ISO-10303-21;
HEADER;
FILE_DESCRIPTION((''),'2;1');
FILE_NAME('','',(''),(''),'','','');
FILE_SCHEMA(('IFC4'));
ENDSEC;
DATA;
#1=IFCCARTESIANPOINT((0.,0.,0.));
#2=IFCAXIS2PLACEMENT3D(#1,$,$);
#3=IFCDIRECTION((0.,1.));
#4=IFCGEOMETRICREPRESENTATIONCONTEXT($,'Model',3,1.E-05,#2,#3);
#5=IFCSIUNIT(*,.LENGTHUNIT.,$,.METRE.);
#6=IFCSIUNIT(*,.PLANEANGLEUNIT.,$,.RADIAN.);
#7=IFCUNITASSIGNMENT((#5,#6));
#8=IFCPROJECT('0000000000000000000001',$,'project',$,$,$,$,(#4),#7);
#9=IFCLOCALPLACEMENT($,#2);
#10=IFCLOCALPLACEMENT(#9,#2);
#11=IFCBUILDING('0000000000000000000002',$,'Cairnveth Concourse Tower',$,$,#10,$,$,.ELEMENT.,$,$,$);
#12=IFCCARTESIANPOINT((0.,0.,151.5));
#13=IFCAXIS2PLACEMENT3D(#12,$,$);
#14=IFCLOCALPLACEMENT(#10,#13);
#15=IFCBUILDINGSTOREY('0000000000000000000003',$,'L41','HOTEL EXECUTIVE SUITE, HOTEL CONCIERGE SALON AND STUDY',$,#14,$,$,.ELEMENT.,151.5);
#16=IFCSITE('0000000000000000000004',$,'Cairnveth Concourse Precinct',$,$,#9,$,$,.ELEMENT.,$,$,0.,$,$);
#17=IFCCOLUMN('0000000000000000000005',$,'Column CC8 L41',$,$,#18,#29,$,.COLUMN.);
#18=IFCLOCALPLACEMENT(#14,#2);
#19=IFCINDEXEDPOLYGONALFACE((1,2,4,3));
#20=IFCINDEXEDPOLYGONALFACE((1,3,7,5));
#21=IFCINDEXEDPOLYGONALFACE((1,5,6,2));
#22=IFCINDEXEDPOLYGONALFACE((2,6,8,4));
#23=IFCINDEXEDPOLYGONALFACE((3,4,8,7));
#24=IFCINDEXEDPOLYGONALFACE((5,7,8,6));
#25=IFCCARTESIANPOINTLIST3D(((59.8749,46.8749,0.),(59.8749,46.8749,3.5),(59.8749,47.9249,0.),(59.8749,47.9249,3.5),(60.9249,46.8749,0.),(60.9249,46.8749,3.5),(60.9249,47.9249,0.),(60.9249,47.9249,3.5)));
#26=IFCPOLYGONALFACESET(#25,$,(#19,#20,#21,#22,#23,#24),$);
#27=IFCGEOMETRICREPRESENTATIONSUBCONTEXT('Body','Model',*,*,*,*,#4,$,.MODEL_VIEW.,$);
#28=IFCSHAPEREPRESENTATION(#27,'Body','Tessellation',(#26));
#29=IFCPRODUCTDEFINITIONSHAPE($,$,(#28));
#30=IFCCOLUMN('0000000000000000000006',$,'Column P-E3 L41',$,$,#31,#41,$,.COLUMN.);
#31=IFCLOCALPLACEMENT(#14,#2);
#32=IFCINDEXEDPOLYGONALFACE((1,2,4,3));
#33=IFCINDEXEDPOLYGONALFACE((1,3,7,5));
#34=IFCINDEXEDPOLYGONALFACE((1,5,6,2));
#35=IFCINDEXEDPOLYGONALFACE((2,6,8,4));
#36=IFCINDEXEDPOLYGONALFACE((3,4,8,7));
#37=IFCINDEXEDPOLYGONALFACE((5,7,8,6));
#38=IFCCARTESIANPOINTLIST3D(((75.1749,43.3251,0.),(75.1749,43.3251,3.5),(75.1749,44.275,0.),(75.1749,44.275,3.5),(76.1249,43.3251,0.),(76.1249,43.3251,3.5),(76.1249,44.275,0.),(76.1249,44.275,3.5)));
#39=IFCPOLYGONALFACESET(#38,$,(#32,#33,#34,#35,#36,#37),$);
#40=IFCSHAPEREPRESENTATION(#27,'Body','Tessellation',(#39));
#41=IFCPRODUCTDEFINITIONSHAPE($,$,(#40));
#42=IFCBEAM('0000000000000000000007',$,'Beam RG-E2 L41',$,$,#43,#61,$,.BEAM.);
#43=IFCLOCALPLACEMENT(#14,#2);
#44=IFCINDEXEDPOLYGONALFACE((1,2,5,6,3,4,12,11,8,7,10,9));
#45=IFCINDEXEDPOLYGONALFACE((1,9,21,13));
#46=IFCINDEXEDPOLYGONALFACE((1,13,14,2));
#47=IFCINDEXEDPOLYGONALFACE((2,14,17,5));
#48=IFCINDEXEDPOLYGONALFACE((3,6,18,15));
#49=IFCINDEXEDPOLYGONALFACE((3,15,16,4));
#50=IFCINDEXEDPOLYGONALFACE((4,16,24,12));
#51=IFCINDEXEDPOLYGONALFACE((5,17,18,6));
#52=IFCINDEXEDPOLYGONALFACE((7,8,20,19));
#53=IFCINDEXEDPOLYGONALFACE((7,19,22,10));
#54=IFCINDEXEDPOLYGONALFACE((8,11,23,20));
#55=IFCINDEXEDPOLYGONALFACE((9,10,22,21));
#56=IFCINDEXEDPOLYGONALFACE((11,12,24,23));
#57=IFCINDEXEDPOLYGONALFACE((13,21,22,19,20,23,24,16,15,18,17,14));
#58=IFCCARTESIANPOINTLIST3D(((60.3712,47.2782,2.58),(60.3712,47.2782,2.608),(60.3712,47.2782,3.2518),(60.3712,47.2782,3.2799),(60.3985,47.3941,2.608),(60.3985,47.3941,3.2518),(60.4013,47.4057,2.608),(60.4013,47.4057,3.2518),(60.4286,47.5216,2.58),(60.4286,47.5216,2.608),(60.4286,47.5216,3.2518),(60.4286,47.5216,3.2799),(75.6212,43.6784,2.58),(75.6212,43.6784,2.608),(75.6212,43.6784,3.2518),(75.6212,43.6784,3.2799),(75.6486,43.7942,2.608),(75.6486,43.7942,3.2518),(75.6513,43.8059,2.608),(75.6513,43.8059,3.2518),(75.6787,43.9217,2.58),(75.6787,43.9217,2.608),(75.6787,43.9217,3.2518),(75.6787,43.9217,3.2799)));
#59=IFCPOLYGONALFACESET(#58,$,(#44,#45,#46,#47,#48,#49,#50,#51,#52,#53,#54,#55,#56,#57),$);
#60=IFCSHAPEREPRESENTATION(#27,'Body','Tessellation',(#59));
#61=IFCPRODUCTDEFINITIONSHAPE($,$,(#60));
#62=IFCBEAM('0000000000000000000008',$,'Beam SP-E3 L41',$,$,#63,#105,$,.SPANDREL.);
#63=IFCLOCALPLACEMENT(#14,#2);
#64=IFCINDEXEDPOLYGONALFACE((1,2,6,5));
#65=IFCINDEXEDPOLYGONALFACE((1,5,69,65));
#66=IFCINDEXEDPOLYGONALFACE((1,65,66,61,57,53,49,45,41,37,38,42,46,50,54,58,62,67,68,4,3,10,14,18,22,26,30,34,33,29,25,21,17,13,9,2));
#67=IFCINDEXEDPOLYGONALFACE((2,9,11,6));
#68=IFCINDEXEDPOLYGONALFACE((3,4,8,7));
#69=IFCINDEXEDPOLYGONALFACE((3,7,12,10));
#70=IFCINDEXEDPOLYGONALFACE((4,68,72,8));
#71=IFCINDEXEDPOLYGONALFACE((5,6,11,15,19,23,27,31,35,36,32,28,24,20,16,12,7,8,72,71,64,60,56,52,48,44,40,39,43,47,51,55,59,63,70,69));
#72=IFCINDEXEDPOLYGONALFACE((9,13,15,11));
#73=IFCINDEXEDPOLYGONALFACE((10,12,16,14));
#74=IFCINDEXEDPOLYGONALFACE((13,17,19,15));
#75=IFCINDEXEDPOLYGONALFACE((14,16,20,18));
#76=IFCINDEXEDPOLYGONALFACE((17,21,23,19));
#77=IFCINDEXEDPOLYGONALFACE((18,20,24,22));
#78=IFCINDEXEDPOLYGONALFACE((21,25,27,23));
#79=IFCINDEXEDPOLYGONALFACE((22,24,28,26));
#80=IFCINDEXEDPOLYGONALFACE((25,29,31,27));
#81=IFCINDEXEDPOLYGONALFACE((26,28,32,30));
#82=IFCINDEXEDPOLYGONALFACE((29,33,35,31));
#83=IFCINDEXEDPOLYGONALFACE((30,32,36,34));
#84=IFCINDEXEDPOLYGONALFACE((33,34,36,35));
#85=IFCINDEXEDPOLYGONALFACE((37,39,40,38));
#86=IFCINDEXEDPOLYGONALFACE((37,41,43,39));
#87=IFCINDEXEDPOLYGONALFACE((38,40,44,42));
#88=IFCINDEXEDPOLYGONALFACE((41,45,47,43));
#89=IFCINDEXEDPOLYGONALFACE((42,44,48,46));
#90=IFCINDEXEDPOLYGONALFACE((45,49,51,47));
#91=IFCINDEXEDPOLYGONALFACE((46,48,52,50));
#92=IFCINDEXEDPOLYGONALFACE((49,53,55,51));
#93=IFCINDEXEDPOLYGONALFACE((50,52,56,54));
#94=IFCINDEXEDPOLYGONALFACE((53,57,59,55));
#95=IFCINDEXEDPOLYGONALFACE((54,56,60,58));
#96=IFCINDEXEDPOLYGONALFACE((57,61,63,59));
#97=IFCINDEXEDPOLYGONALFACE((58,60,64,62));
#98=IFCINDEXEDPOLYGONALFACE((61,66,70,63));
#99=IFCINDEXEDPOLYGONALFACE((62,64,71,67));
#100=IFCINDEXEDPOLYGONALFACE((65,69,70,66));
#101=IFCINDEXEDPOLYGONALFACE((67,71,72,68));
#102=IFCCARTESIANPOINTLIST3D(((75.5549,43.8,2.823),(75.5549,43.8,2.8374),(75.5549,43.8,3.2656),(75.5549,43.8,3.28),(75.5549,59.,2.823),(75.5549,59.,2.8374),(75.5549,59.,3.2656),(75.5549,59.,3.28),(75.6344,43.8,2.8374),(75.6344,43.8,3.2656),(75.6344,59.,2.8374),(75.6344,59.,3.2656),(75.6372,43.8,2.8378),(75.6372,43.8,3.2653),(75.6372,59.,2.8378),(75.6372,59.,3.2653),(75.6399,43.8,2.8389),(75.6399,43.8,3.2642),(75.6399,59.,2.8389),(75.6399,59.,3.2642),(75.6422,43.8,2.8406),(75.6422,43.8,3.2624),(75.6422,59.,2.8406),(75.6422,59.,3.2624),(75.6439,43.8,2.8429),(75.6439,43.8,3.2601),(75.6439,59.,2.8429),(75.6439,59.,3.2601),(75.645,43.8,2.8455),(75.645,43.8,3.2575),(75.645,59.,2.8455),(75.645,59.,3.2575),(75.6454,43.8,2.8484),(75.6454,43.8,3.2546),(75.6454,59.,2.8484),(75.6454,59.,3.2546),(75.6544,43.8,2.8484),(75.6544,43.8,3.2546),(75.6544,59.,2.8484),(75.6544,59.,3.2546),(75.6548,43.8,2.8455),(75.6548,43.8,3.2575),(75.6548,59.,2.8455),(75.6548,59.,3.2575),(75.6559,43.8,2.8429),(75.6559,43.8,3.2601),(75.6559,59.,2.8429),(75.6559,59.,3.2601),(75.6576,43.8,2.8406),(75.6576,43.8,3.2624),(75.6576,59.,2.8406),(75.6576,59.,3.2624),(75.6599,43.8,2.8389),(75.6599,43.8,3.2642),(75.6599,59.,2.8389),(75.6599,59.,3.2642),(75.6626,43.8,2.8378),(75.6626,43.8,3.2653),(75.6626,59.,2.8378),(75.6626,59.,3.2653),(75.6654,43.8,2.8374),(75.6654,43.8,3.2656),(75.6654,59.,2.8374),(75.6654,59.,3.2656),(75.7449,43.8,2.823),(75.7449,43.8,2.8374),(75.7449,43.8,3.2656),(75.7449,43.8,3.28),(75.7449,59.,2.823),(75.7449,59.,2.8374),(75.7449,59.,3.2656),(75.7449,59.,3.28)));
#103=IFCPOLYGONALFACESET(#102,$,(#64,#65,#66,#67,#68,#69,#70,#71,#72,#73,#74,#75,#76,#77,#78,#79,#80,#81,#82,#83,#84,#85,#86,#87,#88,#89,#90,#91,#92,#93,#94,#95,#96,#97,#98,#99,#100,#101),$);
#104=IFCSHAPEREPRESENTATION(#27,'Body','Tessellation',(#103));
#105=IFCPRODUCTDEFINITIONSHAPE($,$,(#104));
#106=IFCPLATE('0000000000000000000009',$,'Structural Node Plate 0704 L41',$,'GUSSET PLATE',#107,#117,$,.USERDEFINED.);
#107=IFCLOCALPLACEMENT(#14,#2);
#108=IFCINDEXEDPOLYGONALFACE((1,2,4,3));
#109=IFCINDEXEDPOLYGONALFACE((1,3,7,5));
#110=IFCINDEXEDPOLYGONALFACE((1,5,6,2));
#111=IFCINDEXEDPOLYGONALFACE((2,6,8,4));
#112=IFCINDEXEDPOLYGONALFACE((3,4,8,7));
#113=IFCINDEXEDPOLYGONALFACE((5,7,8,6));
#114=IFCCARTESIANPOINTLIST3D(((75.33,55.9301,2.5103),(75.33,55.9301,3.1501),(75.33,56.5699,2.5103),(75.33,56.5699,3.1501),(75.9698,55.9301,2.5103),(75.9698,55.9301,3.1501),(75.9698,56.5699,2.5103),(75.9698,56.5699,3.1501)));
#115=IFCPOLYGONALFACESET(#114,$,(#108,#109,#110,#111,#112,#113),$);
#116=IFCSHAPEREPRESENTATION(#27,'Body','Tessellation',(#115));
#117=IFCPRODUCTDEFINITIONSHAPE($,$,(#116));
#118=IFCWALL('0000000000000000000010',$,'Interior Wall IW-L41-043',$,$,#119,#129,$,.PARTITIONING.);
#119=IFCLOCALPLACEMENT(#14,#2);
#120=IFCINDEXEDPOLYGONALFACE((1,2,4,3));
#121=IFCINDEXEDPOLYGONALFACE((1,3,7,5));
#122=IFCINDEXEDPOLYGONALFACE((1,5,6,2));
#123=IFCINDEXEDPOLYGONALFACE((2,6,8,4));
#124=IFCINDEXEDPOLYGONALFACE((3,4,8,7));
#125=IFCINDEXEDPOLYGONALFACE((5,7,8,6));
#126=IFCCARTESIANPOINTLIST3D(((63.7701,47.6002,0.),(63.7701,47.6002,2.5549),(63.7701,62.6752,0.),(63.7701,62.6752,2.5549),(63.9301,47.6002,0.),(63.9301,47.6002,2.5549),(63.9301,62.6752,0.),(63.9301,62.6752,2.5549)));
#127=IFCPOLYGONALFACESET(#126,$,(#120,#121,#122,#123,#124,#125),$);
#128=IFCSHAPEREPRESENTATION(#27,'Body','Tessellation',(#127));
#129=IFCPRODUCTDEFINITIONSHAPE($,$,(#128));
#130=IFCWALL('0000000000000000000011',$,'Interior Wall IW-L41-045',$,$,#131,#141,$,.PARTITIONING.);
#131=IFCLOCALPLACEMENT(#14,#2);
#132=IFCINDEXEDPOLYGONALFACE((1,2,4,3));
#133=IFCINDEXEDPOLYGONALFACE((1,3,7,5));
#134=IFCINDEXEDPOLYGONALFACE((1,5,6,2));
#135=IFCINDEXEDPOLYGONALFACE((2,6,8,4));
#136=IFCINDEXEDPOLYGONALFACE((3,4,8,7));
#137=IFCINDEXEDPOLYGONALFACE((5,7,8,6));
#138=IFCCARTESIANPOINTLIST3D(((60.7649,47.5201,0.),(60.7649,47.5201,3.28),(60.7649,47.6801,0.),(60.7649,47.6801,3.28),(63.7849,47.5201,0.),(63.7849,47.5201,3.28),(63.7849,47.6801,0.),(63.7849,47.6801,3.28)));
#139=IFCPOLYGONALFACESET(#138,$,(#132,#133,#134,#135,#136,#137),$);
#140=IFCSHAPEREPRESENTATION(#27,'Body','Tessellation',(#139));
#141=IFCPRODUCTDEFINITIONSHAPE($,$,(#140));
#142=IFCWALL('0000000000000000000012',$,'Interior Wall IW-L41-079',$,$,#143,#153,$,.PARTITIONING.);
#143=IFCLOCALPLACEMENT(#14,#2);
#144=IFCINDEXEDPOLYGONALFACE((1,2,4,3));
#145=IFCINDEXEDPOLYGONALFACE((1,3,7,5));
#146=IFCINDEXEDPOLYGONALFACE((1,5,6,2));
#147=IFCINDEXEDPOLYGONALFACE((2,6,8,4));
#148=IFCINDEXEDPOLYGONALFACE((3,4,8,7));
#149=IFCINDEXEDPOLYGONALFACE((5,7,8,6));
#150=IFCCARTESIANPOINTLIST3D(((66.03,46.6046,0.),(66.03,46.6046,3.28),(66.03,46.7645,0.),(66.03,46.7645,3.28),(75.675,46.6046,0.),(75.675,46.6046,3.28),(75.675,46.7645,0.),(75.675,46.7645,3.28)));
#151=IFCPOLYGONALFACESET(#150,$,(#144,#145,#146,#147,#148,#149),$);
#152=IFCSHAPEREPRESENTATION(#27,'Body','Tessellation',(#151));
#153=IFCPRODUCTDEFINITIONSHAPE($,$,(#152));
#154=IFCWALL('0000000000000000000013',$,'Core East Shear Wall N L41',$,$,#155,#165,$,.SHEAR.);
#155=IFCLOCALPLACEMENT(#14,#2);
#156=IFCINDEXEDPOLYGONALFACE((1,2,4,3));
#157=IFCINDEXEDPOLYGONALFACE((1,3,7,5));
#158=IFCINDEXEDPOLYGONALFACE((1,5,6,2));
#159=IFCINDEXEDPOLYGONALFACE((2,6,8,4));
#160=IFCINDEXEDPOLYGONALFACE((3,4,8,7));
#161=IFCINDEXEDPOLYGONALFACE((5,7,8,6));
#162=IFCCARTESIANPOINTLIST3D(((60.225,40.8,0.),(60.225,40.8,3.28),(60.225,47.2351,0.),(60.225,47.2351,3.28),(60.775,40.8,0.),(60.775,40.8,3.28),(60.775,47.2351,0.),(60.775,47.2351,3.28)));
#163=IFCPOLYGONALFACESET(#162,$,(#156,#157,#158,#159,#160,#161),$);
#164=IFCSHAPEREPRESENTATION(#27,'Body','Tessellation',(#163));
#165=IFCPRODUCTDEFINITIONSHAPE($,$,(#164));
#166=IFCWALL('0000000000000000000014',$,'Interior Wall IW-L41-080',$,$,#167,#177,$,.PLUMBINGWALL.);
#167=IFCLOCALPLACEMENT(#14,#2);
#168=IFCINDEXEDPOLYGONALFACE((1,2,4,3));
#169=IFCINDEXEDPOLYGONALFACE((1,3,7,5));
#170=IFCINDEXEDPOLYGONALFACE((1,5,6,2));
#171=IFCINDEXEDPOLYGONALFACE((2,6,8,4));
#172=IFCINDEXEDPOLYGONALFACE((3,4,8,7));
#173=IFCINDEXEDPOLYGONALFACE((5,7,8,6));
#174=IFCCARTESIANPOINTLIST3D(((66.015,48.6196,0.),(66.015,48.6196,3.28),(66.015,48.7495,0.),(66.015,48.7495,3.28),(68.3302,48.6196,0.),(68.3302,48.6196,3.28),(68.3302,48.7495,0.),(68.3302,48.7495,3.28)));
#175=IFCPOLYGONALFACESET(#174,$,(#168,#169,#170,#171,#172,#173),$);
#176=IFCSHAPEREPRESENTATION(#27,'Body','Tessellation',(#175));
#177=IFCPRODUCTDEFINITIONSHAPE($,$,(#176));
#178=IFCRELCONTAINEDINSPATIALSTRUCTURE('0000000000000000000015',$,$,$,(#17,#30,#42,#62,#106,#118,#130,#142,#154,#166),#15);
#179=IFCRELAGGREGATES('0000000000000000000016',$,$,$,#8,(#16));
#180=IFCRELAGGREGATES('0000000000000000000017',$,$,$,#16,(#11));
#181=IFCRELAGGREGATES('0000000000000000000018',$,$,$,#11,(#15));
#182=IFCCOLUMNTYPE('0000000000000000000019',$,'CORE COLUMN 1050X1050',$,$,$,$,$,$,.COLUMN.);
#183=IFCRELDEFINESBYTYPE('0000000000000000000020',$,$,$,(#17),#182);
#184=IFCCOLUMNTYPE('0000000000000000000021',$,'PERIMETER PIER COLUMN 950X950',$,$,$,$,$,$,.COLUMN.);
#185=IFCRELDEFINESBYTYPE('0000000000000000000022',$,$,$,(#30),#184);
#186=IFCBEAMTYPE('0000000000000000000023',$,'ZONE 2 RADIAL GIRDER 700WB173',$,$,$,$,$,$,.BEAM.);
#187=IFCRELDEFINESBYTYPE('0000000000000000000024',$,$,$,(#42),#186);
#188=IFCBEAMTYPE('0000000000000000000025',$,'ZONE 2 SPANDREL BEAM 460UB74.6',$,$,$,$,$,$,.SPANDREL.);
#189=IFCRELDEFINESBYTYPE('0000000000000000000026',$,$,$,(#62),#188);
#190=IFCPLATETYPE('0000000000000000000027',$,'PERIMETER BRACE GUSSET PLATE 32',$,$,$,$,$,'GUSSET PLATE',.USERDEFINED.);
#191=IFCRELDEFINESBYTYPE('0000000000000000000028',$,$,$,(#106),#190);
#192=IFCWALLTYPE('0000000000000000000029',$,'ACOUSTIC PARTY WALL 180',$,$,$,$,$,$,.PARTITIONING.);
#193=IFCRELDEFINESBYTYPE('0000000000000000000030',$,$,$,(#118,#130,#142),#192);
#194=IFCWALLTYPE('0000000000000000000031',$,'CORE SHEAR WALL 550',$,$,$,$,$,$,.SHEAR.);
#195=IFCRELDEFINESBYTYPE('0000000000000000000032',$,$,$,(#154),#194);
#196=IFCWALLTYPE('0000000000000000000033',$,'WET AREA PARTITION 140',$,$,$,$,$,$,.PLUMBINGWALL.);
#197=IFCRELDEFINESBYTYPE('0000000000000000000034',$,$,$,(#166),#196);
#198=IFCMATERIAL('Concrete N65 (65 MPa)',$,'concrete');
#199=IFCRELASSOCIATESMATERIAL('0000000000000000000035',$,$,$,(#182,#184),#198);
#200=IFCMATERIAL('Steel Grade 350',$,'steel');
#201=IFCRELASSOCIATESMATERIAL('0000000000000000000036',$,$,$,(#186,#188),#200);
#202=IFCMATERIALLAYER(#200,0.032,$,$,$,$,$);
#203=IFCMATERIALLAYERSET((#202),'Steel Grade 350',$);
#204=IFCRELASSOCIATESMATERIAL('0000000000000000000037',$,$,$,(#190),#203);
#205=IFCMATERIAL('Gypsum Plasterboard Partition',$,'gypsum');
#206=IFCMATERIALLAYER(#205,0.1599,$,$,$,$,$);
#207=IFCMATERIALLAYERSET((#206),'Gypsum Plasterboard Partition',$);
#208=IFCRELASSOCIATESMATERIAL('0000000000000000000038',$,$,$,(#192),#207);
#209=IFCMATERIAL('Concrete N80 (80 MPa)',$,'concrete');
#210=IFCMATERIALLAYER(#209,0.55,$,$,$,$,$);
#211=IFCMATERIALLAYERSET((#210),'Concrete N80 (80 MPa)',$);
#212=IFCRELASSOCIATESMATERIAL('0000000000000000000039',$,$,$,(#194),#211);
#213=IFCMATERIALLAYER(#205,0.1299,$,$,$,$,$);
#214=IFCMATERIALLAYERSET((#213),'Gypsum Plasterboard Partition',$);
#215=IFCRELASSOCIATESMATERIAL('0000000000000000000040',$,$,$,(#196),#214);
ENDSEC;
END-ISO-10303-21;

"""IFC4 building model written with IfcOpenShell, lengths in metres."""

from ifc_helpers import new_model, si_unit, direction, frame, frame_2d, origin, origin_2d, place, context, subcontext, project, spatial, rectangle, i_section, extrude, material, layer, layer_set, material_profile, profile_set, type_object, element, save


model = new_model("IFC4")

# Units and contexts
model_context = context("Model", 3, precision=1e-05, world=origin(), true_north=direction((0.0, 1.0)))
body_context = subcontext(model_context, "Body", "Model", "MODEL_VIEW")
ifc_project = project(units=[si_unit("LENGTHUNIT", "METRE"), si_unit("PLANEANGLEUNIT", "RADIAN")], contexts=[model_context])

# Site, building, storey
site_placement = place(None, origin())
site = spatial("IfcSite", under=ifc_project, at=site_placement, Name="Cairnveth Concourse Precinct", CompositionType="ELEMENT", RefElevation=0.0)
building_placement = place(site_placement, origin())
building = spatial("IfcBuilding", under=site, at=building_placement, Name="Cairnveth Concourse Tower", CompositionType="ELEMENT")
storey_placement = place(building_placement, frame((0.0, 0.0, 151.5)))
storey = spatial("IfcBuildingStorey", under=building, at=storey_placement, Name="L41", Description="HOTEL EXECUTIVE SUITE, HOTEL CONCIERGE SALON AND STUDY", CompositionType="ELEMENT", Elevation=151.5)

# Columns
ifc_material_1 = material(Name="Concrete N65 (65 MPa)", Category="concrete")
ifc_material_profile_1 = material_profile(ifc_material_1, rectangle(XDim=1.05, YDim=1.05, at=origin_2d()), Name="RC-COL-1050x1050")
ifc_profile_set_1 = profile_set([ifc_material_profile_1], Name="Concrete N65 (65 MPa)")
column_type_1 = type_object("IfcColumnType", Name="CORE COLUMN 1050X1050", PredefinedType="COLUMN", material=ifc_profile_set_1)
column_1_placement = place(storey_placement, frame((60.3999, 47.3999, 0.0), z_axis=(0.0, 0.0, 1.0), x_axis=(1.0, 0.0, 0.0)))
element("IfcColumn", 1, at=column_1_placement, inside=storey, type_object=column_type_1, Name="Column CC8 L41", PredefinedType="COLUMN", context=body_context, shape_type="SweptSolid", body=[
    extrude(rectangle(XDim=1.05, YDim=1.05, at=origin_2d()), origin(), (0.0, 0.0, 1.0), 3.5),
])
ifc_material_profile_2 = material_profile(ifc_material_1, rectangle(XDim=0.95, YDim=0.95, at=origin_2d()), Name="RC-COL-950x950")
ifc_profile_set_2 = profile_set([ifc_material_profile_2], Name="Concrete N65 (65 MPa)")
column_type_2 = type_object("IfcColumnType", Name="PERIMETER PIER COLUMN 950X950", PredefinedType="COLUMN", material=ifc_profile_set_2)
column_2_placement = place(storey_placement, frame((75.6499, 43.8, 0.0), z_axis=(0.0, 0.0, 1.0), x_axis=(0.0, 1.0, 0.0)))
element("IfcColumn", 2, at=column_2_placement, inside=storey, type_object=column_type_2, Name="Column P-E3 L41", PredefinedType="COLUMN", context=body_context, shape_type="SweptSolid", body=[
    extrude(rectangle(XDim=0.95, YDim=0.95, at=origin_2d()), origin(), (0.0, 0.0, 1.0), 3.5),
])

# Beams
ifc_material_2 = material(Name="Steel Grade 350", Category="steel")
ifc_material_profile_3 = material_profile(ifc_material_2, i_section(OverallWidth=0.25, OverallDepth=0.7, WebThickness=0.012, FlangeThickness=0.0281, at=origin_2d()), Name="700WB173")
ifc_profile_set_3 = profile_set([ifc_material_profile_3], Name="Steel Grade 350")
beam_type_1 = type_object("IfcBeamType", Name="ZONE 2 RADIAL GIRDER 700WB173", PredefinedType="BEAM", material=ifc_profile_set_3)
beam_1_placement = place(storey_placement, frame((60.3999, 47.3999, 2.9299), z_axis=(0.973252, -0.229742, 0.0), x_axis=(0.229742, 0.973252, 0.0)))
element("IfcBeam", 3, at=beam_1_placement, inside=storey, type_object=beam_type_1, Name="Beam RG-E2 L41", PredefinedType="BEAM", context=body_context, shape_type="SweptSolid", body=[
    extrude(i_section(OverallWidth=0.25, OverallDepth=0.7, WebThickness=0.012, FlangeThickness=0.0281, at=origin_2d()), origin(), (0.0, 0.0, 1.0), 15.6692),
])
ifc_material_profile_4 = material_profile(ifc_material_2, i_section(OverallWidth=0.1899, OverallDepth=0.457, WebThickness=0.009, FlangeThickness=0.0144, FilletRadius=0.011, at=origin_2d()), Name="460UB74.6")
ifc_profile_set_4 = profile_set([ifc_material_profile_4], Name="Steel Grade 350")
beam_type_2 = type_object("IfcBeamType", Name="ZONE 2 SPANDREL BEAM 460UB74.6", PredefinedType="SPANDREL", material=ifc_profile_set_4)
beam_2_placement = place(storey_placement, frame((75.6499, 43.8, 3.0515), z_axis=(0.0, 1.0, 0.0), x_axis=(-1.0, 0.0, 0.0)))
element("IfcBeam", 4, at=beam_2_placement, inside=storey, type_object=beam_type_2, Name="Beam SP-E3 L41", PredefinedType="SPANDREL", context=body_context, shape_type="SweptSolid", body=[
    extrude(i_section(OverallWidth=0.1899, OverallDepth=0.457, WebThickness=0.009, FlangeThickness=0.0144, FilletRadius=0.011, at=origin_2d()), origin(), (0.0, 0.0, 1.0), 15.2),
])

# Plate
ifc_layer_1 = layer(ifc_material_2, 0.032)
ifc_layer_set_1 = layer_set([ifc_layer_1], Name="Steel Grade 350")
plate_type = type_object("IfcPlateType", Name="PERIMETER BRACE GUSSET PLATE 32", ElementType="GUSSET PLATE", PredefinedType="USERDEFINED", material=ifc_layer_set_1)
plate_placement = place(storey_placement, frame((75.6499, 56.25, 2.5103), z_axis=(0.0, 0.0, 1.0), x_axis=(1.0, 0.0, 0.0)))
element("IfcPlate", 5, at=plate_placement, inside=storey, type_object=plate_type, Name="Structural Node Plate 0704 L41", ObjectType="GUSSET PLATE", PredefinedType="USERDEFINED", context=body_context, shape_type="SweptSolid", body=[
    extrude(rectangle(XDim=0.6399, YDim=0.6399, at=origin_2d()), origin(), (0.0, 0.0, 1.0), 0.6399),
])

# Walls
ifc_material_3 = material(Name="Gypsum Plasterboard Partition", Category="gypsum")
ifc_layer_2 = layer(ifc_material_3, 0.1599)
ifc_layer_set_2 = layer_set([ifc_layer_2], Name="Gypsum Plasterboard Partition")
wall_type_1 = type_object("IfcWallType", Name="ACOUSTIC PARTY WALL 180", PredefinedType="PARTITIONING", material=ifc_layer_set_2)
wall_1_placement = place(storey_placement, frame((63.8501, 47.6001, 0.0), z_axis=(0.0, 0.0, 1.0), x_axis=(0.0, 1.0, 0.0)))
element("IfcWall", 6, at=wall_1_placement, inside=storey, type_object=wall_type_1, Name="Interior Wall IW-L41-043", PredefinedType="PARTITIONING", context=body_context, shape_type="SweptSolid", body=[
    extrude(rectangle(XDim=15.075, YDim=0.1599, at=frame_2d((7.5376, 0.0))), origin(), (0.0, 0.0, 1.0), 2.5549),
])
wall_2_placement = place(storey_placement, frame((60.7649, 47.6001, 0.0), z_axis=(0.0, 0.0, 1.0), x_axis=(1.0, 0.0, 0.0)))
element("IfcWall", 7, at=wall_2_placement, inside=storey, type_object=wall_type_1, Name="Interior Wall IW-L41-045", PredefinedType="PARTITIONING", context=body_context, shape_type="SweptSolid", body=[
    extrude(rectangle(XDim=3.02, YDim=0.1599, at=frame_2d((1.51, 0.0))), origin(), (0.0, 0.0, 1.0), 3.28),
])
wall_3_placement = place(storey_placement, frame((66.03, 46.6846, 0.0), z_axis=(0.0, 0.0, 1.0), x_axis=(1.0, 0.0, 0.0)))
element("IfcWall", 8, at=wall_3_placement, inside=storey, type_object=wall_type_1, Name="Interior Wall IW-L41-079", PredefinedType="PARTITIONING", context=body_context, shape_type="SweptSolid", body=[
    extrude(rectangle(XDim=9.645, YDim=0.1599, at=frame_2d((4.8225, 0.0))), origin(), (0.0, 0.0, 1.0), 3.28),
])
ifc_material_4 = material(Name="Concrete N80 (80 MPa)", Category="concrete")
ifc_layer_3 = layer(ifc_material_4, 0.55)
ifc_layer_set_3 = layer_set([ifc_layer_3], Name="Concrete N80 (80 MPa)")
wall_type_2 = type_object("IfcWallType", Name="CORE SHEAR WALL 550", PredefinedType="SHEAR", material=ifc_layer_set_3)
wall_4_placement = place(storey_placement, frame((60.5, 40.8, 0.0), z_axis=(0.0, 0.0, 1.0), x_axis=(0.0, 1.0, 0.0)))
element("IfcWall", 9, at=wall_4_placement, inside=storey, type_object=wall_type_2, Name="Core East Shear Wall N L41", PredefinedType="SHEAR", context=body_context, shape_type="SweptSolid", body=[
    extrude(rectangle(XDim=6.4351, YDim=0.55, at=frame_2d((3.2175, 0.0))), origin(), (0.0, 0.0, 1.0), 3.28),
])

# Wall
ifc_layer_4 = layer(ifc_material_3, 0.1299)
ifc_layer_set_4 = layer_set([ifc_layer_4], Name="Gypsum Plasterboard Partition")
wall_type_3 = type_object("IfcWallType", Name="WET AREA PARTITION 140", PredefinedType="PLUMBINGWALL", material=ifc_layer_set_4)
wall_5_placement = place(storey_placement, frame((66.0149, 48.6846, 0.0), z_axis=(0.0, 0.0, 1.0), x_axis=(1.0, 0.0, 0.0)))
element("IfcWall", 10, at=wall_5_placement, inside=storey, type_object=wall_type_3, Name="Interior Wall IW-L41-080", PredefinedType="PLUMBINGWALL", context=body_context, shape_type="SweptSolid", body=[
    extrude(rectangle(XDim=2.3152, YDim=0.1299, at=frame_2d((1.1577, 0.0))), origin(), (0.0, 0.0, 1.0), 3.28),
])

save(model, "model.ifc")
